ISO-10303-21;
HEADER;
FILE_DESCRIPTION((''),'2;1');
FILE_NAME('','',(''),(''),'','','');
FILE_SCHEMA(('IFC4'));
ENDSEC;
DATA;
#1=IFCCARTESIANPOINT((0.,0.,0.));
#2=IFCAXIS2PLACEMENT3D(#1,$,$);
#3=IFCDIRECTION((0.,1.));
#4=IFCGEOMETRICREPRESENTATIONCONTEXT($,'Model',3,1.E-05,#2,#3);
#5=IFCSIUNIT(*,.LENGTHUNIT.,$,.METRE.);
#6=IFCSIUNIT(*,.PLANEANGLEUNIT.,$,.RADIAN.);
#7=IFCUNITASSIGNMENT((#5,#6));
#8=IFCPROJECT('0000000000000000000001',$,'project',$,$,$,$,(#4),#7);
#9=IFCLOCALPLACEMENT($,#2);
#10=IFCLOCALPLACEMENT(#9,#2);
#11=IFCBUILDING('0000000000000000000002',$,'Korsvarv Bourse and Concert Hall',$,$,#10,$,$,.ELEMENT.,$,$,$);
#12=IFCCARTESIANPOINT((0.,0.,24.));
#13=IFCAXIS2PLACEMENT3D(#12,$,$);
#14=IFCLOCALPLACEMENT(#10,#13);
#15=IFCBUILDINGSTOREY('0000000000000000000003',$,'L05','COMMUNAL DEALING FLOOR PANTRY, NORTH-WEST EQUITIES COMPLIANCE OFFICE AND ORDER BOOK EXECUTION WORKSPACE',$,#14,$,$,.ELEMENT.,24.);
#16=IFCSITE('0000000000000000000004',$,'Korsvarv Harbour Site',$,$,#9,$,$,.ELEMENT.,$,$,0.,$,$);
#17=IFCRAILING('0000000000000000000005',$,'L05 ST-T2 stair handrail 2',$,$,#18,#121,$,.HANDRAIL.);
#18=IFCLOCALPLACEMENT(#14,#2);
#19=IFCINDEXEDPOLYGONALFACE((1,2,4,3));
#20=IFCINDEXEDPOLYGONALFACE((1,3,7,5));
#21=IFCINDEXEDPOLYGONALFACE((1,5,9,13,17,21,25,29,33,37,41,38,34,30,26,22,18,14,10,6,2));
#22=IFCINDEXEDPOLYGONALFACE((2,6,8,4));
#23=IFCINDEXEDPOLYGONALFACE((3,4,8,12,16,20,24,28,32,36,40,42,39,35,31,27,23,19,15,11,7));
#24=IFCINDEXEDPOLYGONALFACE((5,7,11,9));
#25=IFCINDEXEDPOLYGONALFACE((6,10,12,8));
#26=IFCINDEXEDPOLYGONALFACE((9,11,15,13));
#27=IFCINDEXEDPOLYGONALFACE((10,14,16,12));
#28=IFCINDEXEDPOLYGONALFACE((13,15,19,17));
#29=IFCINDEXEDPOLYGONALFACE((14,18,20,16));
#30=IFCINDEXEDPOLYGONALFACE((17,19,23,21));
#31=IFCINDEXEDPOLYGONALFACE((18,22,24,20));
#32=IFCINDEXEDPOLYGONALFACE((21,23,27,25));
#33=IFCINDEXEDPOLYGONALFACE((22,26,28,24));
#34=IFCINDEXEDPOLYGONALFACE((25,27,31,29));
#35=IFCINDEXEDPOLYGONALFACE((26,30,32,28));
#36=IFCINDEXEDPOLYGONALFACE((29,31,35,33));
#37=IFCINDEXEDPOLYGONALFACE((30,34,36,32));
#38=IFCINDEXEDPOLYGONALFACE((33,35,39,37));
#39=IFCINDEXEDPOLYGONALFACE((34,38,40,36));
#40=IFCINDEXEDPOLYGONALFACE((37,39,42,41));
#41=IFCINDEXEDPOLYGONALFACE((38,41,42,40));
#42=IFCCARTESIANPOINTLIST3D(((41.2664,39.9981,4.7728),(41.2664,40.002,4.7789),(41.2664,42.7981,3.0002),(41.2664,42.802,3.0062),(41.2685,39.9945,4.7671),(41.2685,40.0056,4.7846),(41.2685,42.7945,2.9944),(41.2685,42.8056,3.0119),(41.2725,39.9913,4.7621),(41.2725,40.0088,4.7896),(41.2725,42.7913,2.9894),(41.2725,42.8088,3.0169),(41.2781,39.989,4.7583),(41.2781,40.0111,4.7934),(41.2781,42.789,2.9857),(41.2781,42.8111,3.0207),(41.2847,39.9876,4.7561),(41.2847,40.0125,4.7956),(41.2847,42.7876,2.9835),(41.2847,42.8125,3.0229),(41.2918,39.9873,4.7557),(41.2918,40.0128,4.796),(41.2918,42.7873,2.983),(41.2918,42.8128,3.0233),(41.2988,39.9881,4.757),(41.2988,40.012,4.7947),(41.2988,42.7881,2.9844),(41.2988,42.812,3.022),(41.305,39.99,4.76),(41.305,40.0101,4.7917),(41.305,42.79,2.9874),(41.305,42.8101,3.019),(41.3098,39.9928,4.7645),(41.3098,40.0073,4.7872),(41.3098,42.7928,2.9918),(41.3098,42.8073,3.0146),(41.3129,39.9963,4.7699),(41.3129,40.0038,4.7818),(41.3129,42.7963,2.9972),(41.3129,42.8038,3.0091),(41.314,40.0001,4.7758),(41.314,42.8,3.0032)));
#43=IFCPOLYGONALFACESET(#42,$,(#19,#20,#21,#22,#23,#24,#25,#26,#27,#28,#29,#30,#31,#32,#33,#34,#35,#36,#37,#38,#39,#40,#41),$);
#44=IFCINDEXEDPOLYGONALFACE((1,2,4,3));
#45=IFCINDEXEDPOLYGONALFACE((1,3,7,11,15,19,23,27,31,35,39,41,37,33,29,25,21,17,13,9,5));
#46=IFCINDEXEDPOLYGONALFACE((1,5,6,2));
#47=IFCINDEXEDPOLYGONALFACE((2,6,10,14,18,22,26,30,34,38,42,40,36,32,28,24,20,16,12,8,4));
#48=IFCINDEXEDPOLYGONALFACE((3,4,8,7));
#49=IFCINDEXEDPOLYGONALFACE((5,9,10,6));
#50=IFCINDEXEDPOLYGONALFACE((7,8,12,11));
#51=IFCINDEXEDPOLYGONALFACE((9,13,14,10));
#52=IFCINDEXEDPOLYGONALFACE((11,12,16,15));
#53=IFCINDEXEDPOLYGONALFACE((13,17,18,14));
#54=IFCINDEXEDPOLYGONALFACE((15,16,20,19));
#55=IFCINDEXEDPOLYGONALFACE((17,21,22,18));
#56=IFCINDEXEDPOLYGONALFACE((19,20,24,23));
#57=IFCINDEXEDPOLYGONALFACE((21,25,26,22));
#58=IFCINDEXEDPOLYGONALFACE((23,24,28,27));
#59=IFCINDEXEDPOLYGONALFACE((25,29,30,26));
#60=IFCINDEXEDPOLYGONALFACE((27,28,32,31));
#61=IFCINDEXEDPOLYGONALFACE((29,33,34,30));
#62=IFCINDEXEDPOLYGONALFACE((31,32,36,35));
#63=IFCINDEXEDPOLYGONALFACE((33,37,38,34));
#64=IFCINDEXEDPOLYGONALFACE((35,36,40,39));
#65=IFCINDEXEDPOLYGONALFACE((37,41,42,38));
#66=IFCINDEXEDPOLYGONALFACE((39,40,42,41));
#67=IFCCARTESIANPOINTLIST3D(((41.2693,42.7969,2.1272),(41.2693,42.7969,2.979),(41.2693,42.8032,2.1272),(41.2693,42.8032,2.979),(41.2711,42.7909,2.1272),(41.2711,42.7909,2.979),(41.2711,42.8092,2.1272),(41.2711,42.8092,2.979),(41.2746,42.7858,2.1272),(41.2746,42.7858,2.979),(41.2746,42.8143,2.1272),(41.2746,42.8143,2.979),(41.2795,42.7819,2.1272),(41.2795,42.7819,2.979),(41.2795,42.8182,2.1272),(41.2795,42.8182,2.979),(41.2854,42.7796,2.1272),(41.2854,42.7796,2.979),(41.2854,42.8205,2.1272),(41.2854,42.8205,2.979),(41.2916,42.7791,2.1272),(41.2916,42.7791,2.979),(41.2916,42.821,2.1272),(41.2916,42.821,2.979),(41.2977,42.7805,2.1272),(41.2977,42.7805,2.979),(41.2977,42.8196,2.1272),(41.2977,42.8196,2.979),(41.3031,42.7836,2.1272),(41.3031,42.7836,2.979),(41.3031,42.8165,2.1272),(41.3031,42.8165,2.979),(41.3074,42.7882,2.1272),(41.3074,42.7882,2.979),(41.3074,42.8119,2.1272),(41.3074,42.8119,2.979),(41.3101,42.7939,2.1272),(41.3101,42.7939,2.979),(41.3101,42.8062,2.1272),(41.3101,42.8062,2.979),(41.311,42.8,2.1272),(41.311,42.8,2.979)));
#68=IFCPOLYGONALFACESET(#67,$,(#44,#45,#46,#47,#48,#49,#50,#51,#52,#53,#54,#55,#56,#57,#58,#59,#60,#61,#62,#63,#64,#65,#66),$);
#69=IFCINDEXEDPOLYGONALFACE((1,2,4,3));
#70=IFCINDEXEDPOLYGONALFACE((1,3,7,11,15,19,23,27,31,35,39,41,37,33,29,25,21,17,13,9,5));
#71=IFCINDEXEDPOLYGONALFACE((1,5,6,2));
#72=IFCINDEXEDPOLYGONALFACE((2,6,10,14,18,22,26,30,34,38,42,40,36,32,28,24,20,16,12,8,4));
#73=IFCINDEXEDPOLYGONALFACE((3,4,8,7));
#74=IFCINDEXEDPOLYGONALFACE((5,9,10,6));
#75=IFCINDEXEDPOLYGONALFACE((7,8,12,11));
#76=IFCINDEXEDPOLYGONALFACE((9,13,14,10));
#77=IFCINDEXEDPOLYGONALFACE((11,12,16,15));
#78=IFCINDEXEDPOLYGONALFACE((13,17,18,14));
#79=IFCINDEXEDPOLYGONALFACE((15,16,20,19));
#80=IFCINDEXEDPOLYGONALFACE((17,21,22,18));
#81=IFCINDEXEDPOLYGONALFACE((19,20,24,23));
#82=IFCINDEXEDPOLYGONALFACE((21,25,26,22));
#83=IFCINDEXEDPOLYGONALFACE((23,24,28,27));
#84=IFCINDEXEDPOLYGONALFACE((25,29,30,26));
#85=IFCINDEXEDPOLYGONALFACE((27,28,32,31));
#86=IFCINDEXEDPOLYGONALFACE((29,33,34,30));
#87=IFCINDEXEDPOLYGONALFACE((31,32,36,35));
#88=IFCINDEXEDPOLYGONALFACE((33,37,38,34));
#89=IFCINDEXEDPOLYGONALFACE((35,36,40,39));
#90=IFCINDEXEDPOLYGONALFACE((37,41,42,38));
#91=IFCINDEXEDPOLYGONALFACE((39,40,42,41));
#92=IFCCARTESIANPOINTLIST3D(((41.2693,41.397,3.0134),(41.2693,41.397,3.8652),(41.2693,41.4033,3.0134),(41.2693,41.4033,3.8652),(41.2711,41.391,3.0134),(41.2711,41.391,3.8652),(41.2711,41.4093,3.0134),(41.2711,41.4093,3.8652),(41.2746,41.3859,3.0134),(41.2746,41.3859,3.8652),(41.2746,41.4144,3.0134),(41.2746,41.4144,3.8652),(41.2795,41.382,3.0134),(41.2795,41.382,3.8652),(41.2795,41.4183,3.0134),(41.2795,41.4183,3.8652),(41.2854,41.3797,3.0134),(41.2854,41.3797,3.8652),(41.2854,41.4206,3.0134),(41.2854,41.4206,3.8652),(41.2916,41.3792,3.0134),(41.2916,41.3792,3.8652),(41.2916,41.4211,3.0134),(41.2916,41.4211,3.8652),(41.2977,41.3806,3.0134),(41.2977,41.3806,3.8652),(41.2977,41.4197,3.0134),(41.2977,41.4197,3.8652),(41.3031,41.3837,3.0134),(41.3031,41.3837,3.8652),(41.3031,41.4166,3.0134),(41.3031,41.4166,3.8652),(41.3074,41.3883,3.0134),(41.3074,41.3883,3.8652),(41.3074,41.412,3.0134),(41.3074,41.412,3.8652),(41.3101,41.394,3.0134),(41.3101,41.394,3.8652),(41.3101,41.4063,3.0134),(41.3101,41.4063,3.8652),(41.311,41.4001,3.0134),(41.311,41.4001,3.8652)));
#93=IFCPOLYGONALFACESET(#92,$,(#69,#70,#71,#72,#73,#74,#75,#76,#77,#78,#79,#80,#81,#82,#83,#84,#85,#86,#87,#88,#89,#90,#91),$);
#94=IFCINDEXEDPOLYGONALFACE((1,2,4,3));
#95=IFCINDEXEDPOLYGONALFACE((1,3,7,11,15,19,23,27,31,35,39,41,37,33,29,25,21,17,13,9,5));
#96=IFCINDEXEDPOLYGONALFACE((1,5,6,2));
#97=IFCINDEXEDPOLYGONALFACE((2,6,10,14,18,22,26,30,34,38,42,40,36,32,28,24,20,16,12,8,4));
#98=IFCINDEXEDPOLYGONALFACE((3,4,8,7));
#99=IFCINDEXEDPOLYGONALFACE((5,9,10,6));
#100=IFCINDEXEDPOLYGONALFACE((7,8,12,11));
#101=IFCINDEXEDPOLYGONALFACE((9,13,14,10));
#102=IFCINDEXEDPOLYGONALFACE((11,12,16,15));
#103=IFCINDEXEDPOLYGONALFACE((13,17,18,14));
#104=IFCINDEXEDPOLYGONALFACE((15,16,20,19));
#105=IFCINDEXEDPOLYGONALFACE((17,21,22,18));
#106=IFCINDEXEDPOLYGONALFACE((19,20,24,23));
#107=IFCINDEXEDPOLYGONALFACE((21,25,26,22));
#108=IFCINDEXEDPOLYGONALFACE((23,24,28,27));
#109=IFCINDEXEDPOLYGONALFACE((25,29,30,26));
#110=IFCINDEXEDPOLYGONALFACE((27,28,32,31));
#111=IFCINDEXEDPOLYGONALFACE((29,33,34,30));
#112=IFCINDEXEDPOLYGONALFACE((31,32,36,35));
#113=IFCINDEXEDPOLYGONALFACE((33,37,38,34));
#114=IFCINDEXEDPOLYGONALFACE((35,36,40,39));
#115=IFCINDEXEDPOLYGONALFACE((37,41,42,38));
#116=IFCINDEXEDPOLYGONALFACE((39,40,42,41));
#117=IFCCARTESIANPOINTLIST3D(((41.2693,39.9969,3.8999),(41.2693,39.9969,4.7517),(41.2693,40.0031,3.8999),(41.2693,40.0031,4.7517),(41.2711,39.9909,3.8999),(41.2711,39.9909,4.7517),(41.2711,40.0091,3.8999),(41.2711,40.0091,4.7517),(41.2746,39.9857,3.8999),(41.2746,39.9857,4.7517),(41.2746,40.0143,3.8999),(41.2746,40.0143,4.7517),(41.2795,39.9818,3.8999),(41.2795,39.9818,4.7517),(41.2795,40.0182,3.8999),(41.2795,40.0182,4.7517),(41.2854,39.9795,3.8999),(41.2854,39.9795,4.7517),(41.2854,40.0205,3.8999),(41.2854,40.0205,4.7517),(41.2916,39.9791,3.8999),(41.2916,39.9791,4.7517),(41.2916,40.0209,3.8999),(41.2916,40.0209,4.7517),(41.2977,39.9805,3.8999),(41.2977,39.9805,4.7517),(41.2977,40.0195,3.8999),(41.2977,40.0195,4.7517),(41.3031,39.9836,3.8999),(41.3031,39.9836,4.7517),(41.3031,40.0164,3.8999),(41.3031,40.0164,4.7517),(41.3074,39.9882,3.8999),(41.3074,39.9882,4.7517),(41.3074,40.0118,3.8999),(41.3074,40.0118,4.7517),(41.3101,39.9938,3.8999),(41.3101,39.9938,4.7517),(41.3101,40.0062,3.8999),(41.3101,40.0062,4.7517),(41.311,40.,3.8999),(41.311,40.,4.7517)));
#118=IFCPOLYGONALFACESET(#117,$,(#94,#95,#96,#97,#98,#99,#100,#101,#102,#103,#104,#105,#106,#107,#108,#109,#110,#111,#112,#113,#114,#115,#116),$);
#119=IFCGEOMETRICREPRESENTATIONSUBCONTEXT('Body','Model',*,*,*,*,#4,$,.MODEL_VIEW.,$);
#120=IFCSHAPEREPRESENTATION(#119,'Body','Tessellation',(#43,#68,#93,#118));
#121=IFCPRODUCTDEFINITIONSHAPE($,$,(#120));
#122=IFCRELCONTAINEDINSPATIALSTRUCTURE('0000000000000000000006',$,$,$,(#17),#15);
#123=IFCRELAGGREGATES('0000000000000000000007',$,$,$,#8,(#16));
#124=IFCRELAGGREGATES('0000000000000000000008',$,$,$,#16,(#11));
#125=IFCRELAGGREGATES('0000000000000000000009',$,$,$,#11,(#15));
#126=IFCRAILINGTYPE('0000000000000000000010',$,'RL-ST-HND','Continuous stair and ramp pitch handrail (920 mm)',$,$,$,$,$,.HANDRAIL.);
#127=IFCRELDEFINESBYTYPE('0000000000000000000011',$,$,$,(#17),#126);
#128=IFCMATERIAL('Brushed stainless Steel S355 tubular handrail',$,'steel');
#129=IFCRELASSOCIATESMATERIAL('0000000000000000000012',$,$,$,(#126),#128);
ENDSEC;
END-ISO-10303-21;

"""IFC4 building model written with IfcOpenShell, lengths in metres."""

from ifc_helpers import new_model, si_unit, direction, frame, origin, origin_2d, place, context, subcontext, project, spatial, circle, extrude, material, type_object, element, save


model = new_model("IFC4")

# Units and contexts
model_context = context("Model", 3, precision=1e-05, world=origin(), true_north=direction((0.0, 1.0)))
body_context = subcontext(model_context, "Body", "Model", "MODEL_VIEW")
ifc_project = project(units=[si_unit("LENGTHUNIT", "METRE"), si_unit("PLANEANGLEUNIT", "RADIAN")], contexts=[model_context])

# Site, building, storey
site_placement = place(None, origin())
site = spatial("IfcSite", under=ifc_project, at=site_placement, Name="Korsvarv Harbour Site", CompositionType="ELEMENT", RefElevation=0.0)
building_placement = place(site_placement, origin())
building = spatial("IfcBuilding", under=site, at=building_placement, Name="Korsvarv Bourse and Concert Hall", CompositionType="ELEMENT")
storey_placement = place(building_placement, frame((0.0, 0.0, 24.0)))
storey = spatial("IfcBuildingStorey", under=building, at=storey_placement, Name="L05", Description="COMMUNAL DEALING FLOOR PANTRY, NORTH-WEST EQUITIES COMPLIANCE OFFICE AND ORDER BOOK EXECUTION WORKSPACE", CompositionType="ELEMENT", Elevation=24.0)

# Railing
ifc_material_1 = material(Name="Brushed stainless Steel S355 tubular handrail", Category="steel")
railing_type_1 = type_object("IfcRailingType", Name="RL-ST-HND", Description="Continuous stair and ramp pitch handrail (920 mm)", PredefinedType="HANDRAIL", material=ifc_material_1)
railing_1_placement = place(storey_placement, frame((41.29, 42.8, 2.1272)))
element("IfcRailing", 1, at=railing_1_placement, inside=storey, type_object=railing_type_1, Name="L05 ST-T2 stair handrail 2", PredefinedType="HANDRAIL", context=body_context, shape_type="SweptSolid", body=[
    extrude(circle(Radius=0.0239, at=origin_2d()), frame((0.0, 0.0, 0.876), z_axis=(0.0, -0.844909, 0.53491), x_axis=(1.0, 0.0, 0.0)), (0.0, 0.0, 1.0), 3.314),
    extrude(circle(Radius=0.021, at=origin_2d()), origin(), (0.0, 0.0, 1.0), 0.8518),
    extrude(circle(Radius=0.021, at=origin_2d()), frame((0.0, -1.3999, 0.8862)), (0.0, 0.0, 1.0), 0.8518),
    extrude(circle(Radius=0.021, at=origin_2d()), frame((0.0, -2.8, 1.7727)), (0.0, 0.0, 1.0), 0.8518),
])

save(model, "model.ifc")
